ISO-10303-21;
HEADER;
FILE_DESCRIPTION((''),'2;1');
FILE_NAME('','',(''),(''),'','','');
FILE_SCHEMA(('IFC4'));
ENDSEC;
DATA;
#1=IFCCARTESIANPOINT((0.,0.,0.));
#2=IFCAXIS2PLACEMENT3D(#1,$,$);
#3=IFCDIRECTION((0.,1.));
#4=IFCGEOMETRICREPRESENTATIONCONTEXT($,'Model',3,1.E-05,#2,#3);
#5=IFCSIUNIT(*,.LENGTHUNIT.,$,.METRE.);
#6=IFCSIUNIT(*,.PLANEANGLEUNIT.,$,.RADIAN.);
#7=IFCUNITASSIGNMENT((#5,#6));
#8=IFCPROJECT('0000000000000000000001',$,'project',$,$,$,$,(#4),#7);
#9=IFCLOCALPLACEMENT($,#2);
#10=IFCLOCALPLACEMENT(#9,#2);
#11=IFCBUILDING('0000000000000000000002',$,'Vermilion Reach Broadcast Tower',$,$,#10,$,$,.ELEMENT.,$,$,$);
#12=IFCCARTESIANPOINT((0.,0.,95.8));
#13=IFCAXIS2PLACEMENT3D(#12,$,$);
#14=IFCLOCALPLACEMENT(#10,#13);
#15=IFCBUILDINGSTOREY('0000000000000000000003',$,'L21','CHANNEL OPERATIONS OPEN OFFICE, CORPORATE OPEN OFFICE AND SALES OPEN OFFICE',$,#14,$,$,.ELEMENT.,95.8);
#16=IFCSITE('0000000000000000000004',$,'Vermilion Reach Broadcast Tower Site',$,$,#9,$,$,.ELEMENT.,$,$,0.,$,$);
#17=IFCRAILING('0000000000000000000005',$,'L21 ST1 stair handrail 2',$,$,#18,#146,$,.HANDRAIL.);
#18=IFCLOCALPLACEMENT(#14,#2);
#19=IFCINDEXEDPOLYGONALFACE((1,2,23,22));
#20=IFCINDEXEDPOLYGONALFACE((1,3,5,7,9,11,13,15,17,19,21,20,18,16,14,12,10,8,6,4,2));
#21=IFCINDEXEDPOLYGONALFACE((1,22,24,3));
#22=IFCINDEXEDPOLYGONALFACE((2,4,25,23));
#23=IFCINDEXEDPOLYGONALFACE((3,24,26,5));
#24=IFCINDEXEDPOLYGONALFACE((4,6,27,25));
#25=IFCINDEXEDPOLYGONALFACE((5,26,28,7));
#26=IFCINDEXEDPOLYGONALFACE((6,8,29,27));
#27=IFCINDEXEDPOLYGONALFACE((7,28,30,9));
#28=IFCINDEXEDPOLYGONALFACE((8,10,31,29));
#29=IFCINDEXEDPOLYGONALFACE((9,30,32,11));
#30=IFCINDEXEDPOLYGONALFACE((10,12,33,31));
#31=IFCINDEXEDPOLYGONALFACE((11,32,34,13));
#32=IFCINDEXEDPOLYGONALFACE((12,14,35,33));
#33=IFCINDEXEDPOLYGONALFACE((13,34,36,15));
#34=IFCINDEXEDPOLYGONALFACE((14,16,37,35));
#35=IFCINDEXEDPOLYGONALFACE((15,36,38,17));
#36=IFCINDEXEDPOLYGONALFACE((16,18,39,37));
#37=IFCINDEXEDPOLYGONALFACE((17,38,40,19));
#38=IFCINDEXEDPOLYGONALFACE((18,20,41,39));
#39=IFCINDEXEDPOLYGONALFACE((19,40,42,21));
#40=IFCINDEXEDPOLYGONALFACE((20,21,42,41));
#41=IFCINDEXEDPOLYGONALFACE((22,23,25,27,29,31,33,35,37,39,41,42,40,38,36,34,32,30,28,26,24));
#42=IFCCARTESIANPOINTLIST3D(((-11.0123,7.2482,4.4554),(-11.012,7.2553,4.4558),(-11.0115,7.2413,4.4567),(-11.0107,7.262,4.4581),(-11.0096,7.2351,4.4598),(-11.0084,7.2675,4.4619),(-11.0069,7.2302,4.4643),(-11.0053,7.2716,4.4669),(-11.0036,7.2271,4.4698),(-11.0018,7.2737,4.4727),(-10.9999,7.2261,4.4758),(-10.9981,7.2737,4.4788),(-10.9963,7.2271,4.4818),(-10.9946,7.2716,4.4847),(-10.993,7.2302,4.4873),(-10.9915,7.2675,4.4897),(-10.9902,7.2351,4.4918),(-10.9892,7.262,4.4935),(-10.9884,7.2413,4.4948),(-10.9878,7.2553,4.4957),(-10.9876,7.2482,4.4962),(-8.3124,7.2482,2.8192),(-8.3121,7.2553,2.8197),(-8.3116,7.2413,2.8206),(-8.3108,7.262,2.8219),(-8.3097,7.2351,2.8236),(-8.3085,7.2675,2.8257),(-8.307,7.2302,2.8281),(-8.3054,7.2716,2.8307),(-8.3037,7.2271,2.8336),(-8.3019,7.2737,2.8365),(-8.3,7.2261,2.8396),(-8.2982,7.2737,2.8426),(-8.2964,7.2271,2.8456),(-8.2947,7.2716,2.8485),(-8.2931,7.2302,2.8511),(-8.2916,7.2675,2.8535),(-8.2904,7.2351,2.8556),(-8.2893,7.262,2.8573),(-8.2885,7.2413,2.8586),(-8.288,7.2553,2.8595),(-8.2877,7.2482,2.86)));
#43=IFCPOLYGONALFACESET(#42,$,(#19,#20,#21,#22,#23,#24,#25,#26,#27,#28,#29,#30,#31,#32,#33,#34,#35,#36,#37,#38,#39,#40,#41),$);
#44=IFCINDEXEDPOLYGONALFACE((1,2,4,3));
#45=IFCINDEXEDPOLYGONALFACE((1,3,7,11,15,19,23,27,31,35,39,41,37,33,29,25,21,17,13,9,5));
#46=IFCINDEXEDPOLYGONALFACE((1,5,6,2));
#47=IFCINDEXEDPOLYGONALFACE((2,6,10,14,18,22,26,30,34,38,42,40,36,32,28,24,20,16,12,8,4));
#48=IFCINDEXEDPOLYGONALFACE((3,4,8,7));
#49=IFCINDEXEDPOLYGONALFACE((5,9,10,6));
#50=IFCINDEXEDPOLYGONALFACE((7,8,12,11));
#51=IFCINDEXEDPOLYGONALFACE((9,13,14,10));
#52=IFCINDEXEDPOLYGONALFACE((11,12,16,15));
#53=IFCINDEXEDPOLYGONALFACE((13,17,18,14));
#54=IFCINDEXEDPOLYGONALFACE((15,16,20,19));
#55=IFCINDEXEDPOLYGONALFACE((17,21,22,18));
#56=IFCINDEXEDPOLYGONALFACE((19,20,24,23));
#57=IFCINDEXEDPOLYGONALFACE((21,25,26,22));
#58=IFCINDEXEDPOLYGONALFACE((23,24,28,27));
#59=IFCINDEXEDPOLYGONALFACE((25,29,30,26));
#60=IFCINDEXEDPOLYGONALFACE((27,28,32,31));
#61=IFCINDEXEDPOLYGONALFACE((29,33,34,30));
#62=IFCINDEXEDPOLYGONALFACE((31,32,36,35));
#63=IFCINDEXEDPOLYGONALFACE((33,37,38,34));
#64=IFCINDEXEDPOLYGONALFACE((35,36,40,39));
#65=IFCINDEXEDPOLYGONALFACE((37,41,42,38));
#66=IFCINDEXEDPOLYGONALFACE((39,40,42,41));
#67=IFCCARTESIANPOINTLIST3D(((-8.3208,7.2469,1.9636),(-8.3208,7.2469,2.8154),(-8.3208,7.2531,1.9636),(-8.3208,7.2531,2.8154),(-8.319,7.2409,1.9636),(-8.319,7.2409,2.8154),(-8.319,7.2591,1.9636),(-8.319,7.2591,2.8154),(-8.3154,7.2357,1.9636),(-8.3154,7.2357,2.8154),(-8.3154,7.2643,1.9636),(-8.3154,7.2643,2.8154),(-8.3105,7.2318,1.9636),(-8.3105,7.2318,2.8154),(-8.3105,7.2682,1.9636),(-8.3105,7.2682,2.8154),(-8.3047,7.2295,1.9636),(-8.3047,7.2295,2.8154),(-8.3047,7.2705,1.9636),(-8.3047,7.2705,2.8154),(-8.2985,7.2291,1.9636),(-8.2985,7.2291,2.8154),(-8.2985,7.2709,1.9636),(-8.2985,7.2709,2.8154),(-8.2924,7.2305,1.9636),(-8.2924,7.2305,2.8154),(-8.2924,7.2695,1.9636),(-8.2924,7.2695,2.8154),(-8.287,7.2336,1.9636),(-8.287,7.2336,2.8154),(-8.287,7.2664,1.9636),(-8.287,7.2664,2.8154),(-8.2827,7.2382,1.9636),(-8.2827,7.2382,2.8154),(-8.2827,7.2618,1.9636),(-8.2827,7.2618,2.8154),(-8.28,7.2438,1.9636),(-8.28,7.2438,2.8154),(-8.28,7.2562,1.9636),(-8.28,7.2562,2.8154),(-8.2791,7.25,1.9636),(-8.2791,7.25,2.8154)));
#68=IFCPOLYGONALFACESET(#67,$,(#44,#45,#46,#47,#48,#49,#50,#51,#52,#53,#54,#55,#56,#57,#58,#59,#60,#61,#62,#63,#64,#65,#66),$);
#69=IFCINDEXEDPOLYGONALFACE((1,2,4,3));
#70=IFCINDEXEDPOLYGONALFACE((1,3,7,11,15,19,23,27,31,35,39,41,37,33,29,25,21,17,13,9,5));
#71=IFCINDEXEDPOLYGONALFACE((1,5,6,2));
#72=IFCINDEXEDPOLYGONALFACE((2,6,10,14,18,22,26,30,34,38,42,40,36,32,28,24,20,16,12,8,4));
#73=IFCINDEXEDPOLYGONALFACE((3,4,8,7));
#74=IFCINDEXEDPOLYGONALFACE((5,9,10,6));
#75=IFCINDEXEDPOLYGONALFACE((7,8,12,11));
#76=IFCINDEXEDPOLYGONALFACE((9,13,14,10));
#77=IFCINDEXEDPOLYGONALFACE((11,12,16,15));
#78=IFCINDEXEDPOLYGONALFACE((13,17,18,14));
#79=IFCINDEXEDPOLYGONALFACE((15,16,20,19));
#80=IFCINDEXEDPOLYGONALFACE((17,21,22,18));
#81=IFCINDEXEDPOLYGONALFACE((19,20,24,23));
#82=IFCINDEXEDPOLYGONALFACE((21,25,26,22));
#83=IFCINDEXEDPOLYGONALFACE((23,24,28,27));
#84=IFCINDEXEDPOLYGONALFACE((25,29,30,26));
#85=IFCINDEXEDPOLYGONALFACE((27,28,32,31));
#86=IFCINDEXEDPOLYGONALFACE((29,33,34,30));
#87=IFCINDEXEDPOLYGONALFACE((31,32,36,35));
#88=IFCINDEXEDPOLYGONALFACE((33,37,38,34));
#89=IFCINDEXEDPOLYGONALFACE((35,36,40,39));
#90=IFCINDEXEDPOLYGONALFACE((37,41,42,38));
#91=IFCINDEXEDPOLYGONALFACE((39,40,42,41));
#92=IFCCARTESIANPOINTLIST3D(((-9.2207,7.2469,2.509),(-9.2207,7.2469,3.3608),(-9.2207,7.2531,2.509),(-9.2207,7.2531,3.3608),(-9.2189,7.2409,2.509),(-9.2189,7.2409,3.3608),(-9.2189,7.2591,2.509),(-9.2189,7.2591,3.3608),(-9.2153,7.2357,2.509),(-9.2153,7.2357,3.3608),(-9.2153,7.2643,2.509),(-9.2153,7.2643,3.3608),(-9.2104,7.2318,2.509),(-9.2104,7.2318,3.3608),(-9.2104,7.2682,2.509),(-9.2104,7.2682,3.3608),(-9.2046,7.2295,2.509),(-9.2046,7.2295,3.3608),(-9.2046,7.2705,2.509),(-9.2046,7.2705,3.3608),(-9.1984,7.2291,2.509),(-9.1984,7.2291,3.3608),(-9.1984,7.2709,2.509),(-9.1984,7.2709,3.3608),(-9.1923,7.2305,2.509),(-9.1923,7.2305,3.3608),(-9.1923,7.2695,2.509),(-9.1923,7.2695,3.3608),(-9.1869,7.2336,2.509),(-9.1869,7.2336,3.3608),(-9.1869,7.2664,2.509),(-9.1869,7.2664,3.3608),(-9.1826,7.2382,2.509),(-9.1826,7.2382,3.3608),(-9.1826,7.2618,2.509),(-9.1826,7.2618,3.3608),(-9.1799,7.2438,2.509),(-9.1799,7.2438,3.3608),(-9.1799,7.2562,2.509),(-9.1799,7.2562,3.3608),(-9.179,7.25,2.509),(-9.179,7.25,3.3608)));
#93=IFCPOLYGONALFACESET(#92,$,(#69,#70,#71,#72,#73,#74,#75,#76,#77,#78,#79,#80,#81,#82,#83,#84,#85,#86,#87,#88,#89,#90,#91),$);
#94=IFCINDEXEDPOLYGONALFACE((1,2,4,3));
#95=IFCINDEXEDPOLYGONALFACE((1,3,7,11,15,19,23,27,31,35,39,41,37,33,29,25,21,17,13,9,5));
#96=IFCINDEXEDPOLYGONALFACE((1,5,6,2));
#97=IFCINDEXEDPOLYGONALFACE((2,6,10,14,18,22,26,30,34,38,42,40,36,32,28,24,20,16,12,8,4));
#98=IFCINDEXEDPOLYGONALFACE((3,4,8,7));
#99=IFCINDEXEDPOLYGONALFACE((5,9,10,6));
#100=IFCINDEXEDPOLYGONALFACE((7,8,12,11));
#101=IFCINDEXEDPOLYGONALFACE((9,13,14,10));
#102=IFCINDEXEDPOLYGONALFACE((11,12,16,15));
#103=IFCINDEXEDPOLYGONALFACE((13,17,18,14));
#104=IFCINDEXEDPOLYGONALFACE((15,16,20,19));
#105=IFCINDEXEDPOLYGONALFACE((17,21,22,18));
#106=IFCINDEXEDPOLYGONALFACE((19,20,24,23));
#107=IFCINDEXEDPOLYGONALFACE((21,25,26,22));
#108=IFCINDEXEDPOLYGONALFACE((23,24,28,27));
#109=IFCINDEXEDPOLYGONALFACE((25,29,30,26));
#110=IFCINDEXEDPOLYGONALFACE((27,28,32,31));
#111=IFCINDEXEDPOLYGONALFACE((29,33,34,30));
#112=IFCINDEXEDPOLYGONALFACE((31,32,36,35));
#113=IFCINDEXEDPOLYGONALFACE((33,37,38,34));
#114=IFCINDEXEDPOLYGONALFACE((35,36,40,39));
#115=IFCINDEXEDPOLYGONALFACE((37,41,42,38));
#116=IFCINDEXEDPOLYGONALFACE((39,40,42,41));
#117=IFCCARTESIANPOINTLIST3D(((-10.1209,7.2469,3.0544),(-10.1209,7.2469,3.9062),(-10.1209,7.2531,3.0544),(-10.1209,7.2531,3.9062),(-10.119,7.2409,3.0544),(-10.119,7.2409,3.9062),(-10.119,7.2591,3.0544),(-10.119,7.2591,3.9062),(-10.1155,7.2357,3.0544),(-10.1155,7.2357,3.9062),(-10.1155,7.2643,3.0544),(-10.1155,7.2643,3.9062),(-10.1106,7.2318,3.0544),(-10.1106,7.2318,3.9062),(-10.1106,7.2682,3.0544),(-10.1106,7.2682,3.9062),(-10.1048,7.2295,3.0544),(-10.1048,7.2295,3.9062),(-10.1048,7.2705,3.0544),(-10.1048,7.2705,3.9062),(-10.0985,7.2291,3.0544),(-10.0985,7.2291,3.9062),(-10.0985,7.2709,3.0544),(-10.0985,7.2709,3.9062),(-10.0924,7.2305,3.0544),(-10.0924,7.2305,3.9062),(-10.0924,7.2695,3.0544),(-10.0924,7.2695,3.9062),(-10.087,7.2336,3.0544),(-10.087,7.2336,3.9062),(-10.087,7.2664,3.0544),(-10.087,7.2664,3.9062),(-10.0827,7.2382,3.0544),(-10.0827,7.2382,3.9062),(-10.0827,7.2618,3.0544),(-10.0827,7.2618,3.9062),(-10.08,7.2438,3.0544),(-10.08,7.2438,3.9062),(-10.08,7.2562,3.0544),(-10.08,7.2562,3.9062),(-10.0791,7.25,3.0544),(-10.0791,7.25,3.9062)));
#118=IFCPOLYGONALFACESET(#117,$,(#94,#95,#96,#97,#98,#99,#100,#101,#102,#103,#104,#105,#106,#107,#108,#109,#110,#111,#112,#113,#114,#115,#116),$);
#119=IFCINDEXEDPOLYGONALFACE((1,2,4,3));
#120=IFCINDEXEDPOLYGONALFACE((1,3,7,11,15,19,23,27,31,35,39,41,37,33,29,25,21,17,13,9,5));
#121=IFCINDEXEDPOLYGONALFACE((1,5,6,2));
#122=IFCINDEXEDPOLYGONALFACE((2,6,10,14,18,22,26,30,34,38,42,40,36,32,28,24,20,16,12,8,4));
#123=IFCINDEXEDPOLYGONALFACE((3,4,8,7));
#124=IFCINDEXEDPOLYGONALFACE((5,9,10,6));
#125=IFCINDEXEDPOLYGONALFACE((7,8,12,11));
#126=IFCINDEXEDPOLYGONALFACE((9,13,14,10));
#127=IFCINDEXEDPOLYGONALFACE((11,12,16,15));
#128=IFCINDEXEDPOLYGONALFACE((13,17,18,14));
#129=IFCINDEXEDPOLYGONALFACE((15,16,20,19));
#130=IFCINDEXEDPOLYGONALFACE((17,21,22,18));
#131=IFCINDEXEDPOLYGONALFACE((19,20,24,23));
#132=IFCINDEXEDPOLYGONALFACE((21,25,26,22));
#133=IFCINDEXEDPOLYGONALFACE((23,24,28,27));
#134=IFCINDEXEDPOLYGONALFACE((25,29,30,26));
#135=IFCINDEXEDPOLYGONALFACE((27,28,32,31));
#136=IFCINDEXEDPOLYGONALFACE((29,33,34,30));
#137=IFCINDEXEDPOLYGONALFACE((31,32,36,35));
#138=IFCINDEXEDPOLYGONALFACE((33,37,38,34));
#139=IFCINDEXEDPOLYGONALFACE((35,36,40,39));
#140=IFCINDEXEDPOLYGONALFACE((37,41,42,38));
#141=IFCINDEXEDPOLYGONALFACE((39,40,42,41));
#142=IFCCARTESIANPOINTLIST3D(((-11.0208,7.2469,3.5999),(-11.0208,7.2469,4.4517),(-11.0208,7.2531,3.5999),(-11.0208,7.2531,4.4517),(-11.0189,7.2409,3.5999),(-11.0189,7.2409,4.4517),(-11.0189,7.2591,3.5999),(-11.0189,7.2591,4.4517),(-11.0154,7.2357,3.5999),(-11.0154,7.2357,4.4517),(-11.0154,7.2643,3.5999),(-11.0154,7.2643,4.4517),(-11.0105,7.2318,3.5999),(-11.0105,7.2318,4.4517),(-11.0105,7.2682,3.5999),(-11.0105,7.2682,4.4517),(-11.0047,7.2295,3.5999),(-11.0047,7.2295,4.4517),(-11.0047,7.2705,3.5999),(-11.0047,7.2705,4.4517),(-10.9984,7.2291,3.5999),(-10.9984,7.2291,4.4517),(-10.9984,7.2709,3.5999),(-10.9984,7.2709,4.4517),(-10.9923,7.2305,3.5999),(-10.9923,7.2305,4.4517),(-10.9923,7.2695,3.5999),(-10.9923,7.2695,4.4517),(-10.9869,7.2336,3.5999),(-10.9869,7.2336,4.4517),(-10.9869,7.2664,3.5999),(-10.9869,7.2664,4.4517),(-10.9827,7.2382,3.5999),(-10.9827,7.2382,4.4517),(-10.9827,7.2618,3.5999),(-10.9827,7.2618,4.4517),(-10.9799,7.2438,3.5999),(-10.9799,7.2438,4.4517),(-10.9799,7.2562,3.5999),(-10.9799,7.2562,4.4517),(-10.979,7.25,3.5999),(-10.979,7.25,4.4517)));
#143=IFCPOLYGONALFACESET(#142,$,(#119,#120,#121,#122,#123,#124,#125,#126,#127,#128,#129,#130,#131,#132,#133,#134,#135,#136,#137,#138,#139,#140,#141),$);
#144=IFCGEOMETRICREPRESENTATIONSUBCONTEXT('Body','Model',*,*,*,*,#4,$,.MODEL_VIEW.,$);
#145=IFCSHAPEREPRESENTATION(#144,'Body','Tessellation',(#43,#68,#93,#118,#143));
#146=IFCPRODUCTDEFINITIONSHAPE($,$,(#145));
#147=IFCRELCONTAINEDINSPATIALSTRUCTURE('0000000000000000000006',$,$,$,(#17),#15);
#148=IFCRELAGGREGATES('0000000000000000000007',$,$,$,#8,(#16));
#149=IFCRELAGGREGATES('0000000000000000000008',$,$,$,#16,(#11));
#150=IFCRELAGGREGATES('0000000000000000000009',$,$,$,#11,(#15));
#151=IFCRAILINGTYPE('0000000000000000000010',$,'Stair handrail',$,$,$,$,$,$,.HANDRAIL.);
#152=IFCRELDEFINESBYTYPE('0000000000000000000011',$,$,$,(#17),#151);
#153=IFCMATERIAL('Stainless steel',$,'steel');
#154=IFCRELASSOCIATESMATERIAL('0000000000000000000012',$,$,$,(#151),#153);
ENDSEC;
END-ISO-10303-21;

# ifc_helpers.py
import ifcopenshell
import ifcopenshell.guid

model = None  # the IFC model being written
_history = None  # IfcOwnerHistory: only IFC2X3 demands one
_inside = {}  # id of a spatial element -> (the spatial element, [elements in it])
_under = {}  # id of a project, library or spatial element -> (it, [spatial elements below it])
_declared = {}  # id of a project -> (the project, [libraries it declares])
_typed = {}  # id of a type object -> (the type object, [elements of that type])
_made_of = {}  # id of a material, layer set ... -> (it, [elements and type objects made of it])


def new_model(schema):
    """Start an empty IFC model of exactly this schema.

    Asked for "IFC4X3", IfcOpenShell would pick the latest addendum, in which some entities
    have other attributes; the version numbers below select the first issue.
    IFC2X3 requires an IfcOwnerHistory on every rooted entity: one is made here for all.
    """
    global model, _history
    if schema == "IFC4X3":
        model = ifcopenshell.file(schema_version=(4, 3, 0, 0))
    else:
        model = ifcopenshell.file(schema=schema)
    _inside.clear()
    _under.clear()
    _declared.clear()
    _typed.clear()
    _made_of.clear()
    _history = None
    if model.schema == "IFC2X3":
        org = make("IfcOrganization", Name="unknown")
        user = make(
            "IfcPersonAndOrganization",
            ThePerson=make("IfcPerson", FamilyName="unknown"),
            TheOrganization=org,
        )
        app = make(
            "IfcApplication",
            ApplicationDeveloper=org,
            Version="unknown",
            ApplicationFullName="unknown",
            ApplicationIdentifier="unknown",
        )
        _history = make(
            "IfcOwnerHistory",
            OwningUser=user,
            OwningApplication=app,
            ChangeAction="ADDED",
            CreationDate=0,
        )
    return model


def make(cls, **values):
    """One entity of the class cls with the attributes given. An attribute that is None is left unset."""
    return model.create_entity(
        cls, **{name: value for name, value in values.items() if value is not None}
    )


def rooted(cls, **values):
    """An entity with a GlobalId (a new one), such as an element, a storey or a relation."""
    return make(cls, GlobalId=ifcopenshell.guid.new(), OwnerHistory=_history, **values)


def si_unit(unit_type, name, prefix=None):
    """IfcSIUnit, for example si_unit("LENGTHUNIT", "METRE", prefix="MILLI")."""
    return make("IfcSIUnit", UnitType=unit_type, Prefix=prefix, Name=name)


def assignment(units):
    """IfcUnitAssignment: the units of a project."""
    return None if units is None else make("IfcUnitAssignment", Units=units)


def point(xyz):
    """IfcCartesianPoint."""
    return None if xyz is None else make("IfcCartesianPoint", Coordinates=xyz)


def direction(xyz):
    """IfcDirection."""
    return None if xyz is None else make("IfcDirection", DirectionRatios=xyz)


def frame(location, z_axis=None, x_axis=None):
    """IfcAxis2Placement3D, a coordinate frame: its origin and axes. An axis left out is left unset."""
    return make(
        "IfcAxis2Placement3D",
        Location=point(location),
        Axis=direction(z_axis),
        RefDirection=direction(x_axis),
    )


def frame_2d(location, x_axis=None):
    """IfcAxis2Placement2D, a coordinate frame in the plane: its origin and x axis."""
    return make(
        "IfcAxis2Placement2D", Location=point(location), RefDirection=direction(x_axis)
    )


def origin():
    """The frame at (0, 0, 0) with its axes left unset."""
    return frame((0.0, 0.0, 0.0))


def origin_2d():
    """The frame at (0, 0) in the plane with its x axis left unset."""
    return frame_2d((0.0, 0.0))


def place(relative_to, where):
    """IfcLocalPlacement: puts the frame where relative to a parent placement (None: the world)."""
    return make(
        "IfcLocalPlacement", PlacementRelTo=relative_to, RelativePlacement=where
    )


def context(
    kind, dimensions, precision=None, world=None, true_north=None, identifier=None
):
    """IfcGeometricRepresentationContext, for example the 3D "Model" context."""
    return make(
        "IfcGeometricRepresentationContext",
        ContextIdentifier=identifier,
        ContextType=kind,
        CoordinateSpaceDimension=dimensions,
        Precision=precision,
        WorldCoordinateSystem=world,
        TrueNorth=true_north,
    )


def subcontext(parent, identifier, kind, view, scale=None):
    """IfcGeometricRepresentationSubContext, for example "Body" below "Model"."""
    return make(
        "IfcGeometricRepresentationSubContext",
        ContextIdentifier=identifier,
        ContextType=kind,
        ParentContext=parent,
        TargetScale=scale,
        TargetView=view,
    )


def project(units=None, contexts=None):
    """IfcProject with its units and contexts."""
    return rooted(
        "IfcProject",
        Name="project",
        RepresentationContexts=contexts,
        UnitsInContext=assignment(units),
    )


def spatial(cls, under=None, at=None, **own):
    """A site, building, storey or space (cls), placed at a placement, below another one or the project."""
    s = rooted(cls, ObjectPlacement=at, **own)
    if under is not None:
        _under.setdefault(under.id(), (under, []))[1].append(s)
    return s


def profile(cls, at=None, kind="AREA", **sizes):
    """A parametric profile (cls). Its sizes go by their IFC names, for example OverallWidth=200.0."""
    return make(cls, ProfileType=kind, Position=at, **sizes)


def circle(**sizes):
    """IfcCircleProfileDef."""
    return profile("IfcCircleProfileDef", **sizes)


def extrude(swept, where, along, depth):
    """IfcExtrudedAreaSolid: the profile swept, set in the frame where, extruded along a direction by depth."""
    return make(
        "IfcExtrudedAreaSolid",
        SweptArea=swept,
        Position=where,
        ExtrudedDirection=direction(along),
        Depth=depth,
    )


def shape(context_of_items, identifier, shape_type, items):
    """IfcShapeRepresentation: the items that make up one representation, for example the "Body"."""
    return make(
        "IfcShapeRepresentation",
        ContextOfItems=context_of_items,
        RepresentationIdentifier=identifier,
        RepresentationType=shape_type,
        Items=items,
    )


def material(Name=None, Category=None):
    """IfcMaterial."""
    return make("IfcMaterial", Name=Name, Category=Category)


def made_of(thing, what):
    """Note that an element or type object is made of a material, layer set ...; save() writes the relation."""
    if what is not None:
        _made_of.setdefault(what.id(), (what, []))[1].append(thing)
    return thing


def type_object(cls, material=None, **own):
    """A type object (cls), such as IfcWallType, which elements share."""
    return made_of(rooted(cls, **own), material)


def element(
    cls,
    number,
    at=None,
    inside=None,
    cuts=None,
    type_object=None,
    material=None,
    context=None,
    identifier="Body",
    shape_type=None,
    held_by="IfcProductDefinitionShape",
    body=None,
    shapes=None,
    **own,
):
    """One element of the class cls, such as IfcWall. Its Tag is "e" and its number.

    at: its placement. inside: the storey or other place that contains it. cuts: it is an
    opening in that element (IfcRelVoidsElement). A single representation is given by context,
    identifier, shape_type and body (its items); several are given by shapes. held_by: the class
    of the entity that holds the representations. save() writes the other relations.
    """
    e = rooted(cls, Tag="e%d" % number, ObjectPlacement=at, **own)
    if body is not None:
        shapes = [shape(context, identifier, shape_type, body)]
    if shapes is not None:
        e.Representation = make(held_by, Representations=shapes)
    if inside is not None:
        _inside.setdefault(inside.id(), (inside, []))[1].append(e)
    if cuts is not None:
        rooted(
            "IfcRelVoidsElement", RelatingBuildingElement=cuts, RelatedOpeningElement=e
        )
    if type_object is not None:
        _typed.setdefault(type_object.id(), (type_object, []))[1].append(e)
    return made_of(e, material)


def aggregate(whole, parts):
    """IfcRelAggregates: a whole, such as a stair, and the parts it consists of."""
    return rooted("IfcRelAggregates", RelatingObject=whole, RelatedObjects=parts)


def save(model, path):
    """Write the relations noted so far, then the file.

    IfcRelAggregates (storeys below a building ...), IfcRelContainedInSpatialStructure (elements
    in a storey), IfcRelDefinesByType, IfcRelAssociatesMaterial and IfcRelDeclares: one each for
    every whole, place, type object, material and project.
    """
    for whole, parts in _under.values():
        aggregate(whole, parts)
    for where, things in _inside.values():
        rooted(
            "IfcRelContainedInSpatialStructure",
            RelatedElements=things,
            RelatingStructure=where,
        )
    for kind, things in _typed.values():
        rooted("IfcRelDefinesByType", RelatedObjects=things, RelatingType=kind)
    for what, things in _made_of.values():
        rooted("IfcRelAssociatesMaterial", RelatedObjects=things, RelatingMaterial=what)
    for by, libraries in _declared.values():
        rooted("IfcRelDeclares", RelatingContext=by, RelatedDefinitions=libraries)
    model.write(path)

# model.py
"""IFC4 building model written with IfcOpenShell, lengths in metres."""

from ifc_helpers import new_model, si_unit, direction, frame, origin, origin_2d, place, context, subcontext, project, spatial, circle, extrude, material, type_object, element, save


model = new_model("IFC4")

# Units and contexts
model_context = context("Model", 3, precision=1e-05, world=origin(), true_north=direction((0.0, 1.0)))
body_context = subcontext(model_context, "Body", "Model", "MODEL_VIEW")
ifc_project = project(units=[si_unit("LENGTHUNIT", "METRE"), si_unit("PLANEANGLEUNIT", "RADIAN")], contexts=[model_context])

# Site, building, storey
site_placement = place(None, origin())
site = spatial("IfcSite", under=ifc_project, at=site_placement, Name="Vermilion Reach Broadcast Tower Site", CompositionType="ELEMENT", RefElevation=0.0)
building_placement = place(site_placement, origin())
building = spatial("IfcBuilding", under=site, at=building_placement, Name="Vermilion Reach Broadcast Tower", CompositionType="ELEMENT")
storey_placement = place(building_placement, frame((0.0, 0.0, 95.8)))
storey = spatial("IfcBuildingStorey", under=building, at=storey_placement, Name="L21", Description="CHANNEL OPERATIONS OPEN OFFICE, CORPORATE OPEN OFFICE AND SALES OPEN OFFICE", CompositionType="ELEMENT", Elevation=95.8)

# Railing
ifc_material_1 = material(Name="Stainless steel", Category="steel")
railing_type_1 = type_object("IfcRailingType", Name="Stair handrail", PredefinedType="HANDRAIL", material=ifc_material_1)
railing_1_placement = place(storey_placement, frame((-8.3, 7.25, 1.9636)))
element("IfcRailing", 1, at=railing_1_placement, inside=storey, type_object=railing_type_1, Name="L21 ST1 stair handrail 2", PredefinedType="HANDRAIL", context=body_context, shape_type="SweptSolid", body=[
    extrude(circle(Radius=0.0239, at=origin_2d()), frame((0.0, 0.0, 0.876), z_axis=(-0.855212, 0.0, 0.518278), x_axis=(0.0, -1.0, 0.0)), (0.0, 0.0, 1.0), 3.157),
    extrude(circle(Radius=0.021, at=origin_2d()), origin(), (0.0, 0.0, 1.0), 0.8518),
    extrude(circle(Radius=0.021, at=origin_2d()), frame((-0.8999, 0.0, 0.5454)), (0.0, 0.0, 1.0), 0.8518),
    extrude(circle(Radius=0.021, at=origin_2d()), frame((-1.8, 0.0, 1.0908)), (0.0, 0.0, 1.0), 0.8518),
    extrude(circle(Radius=0.021, at=origin_2d()), frame((-2.7, 0.0, 1.6362)), (0.0, 0.0, 1.0), 0.8518),
])

save(model, "model.ifc")
